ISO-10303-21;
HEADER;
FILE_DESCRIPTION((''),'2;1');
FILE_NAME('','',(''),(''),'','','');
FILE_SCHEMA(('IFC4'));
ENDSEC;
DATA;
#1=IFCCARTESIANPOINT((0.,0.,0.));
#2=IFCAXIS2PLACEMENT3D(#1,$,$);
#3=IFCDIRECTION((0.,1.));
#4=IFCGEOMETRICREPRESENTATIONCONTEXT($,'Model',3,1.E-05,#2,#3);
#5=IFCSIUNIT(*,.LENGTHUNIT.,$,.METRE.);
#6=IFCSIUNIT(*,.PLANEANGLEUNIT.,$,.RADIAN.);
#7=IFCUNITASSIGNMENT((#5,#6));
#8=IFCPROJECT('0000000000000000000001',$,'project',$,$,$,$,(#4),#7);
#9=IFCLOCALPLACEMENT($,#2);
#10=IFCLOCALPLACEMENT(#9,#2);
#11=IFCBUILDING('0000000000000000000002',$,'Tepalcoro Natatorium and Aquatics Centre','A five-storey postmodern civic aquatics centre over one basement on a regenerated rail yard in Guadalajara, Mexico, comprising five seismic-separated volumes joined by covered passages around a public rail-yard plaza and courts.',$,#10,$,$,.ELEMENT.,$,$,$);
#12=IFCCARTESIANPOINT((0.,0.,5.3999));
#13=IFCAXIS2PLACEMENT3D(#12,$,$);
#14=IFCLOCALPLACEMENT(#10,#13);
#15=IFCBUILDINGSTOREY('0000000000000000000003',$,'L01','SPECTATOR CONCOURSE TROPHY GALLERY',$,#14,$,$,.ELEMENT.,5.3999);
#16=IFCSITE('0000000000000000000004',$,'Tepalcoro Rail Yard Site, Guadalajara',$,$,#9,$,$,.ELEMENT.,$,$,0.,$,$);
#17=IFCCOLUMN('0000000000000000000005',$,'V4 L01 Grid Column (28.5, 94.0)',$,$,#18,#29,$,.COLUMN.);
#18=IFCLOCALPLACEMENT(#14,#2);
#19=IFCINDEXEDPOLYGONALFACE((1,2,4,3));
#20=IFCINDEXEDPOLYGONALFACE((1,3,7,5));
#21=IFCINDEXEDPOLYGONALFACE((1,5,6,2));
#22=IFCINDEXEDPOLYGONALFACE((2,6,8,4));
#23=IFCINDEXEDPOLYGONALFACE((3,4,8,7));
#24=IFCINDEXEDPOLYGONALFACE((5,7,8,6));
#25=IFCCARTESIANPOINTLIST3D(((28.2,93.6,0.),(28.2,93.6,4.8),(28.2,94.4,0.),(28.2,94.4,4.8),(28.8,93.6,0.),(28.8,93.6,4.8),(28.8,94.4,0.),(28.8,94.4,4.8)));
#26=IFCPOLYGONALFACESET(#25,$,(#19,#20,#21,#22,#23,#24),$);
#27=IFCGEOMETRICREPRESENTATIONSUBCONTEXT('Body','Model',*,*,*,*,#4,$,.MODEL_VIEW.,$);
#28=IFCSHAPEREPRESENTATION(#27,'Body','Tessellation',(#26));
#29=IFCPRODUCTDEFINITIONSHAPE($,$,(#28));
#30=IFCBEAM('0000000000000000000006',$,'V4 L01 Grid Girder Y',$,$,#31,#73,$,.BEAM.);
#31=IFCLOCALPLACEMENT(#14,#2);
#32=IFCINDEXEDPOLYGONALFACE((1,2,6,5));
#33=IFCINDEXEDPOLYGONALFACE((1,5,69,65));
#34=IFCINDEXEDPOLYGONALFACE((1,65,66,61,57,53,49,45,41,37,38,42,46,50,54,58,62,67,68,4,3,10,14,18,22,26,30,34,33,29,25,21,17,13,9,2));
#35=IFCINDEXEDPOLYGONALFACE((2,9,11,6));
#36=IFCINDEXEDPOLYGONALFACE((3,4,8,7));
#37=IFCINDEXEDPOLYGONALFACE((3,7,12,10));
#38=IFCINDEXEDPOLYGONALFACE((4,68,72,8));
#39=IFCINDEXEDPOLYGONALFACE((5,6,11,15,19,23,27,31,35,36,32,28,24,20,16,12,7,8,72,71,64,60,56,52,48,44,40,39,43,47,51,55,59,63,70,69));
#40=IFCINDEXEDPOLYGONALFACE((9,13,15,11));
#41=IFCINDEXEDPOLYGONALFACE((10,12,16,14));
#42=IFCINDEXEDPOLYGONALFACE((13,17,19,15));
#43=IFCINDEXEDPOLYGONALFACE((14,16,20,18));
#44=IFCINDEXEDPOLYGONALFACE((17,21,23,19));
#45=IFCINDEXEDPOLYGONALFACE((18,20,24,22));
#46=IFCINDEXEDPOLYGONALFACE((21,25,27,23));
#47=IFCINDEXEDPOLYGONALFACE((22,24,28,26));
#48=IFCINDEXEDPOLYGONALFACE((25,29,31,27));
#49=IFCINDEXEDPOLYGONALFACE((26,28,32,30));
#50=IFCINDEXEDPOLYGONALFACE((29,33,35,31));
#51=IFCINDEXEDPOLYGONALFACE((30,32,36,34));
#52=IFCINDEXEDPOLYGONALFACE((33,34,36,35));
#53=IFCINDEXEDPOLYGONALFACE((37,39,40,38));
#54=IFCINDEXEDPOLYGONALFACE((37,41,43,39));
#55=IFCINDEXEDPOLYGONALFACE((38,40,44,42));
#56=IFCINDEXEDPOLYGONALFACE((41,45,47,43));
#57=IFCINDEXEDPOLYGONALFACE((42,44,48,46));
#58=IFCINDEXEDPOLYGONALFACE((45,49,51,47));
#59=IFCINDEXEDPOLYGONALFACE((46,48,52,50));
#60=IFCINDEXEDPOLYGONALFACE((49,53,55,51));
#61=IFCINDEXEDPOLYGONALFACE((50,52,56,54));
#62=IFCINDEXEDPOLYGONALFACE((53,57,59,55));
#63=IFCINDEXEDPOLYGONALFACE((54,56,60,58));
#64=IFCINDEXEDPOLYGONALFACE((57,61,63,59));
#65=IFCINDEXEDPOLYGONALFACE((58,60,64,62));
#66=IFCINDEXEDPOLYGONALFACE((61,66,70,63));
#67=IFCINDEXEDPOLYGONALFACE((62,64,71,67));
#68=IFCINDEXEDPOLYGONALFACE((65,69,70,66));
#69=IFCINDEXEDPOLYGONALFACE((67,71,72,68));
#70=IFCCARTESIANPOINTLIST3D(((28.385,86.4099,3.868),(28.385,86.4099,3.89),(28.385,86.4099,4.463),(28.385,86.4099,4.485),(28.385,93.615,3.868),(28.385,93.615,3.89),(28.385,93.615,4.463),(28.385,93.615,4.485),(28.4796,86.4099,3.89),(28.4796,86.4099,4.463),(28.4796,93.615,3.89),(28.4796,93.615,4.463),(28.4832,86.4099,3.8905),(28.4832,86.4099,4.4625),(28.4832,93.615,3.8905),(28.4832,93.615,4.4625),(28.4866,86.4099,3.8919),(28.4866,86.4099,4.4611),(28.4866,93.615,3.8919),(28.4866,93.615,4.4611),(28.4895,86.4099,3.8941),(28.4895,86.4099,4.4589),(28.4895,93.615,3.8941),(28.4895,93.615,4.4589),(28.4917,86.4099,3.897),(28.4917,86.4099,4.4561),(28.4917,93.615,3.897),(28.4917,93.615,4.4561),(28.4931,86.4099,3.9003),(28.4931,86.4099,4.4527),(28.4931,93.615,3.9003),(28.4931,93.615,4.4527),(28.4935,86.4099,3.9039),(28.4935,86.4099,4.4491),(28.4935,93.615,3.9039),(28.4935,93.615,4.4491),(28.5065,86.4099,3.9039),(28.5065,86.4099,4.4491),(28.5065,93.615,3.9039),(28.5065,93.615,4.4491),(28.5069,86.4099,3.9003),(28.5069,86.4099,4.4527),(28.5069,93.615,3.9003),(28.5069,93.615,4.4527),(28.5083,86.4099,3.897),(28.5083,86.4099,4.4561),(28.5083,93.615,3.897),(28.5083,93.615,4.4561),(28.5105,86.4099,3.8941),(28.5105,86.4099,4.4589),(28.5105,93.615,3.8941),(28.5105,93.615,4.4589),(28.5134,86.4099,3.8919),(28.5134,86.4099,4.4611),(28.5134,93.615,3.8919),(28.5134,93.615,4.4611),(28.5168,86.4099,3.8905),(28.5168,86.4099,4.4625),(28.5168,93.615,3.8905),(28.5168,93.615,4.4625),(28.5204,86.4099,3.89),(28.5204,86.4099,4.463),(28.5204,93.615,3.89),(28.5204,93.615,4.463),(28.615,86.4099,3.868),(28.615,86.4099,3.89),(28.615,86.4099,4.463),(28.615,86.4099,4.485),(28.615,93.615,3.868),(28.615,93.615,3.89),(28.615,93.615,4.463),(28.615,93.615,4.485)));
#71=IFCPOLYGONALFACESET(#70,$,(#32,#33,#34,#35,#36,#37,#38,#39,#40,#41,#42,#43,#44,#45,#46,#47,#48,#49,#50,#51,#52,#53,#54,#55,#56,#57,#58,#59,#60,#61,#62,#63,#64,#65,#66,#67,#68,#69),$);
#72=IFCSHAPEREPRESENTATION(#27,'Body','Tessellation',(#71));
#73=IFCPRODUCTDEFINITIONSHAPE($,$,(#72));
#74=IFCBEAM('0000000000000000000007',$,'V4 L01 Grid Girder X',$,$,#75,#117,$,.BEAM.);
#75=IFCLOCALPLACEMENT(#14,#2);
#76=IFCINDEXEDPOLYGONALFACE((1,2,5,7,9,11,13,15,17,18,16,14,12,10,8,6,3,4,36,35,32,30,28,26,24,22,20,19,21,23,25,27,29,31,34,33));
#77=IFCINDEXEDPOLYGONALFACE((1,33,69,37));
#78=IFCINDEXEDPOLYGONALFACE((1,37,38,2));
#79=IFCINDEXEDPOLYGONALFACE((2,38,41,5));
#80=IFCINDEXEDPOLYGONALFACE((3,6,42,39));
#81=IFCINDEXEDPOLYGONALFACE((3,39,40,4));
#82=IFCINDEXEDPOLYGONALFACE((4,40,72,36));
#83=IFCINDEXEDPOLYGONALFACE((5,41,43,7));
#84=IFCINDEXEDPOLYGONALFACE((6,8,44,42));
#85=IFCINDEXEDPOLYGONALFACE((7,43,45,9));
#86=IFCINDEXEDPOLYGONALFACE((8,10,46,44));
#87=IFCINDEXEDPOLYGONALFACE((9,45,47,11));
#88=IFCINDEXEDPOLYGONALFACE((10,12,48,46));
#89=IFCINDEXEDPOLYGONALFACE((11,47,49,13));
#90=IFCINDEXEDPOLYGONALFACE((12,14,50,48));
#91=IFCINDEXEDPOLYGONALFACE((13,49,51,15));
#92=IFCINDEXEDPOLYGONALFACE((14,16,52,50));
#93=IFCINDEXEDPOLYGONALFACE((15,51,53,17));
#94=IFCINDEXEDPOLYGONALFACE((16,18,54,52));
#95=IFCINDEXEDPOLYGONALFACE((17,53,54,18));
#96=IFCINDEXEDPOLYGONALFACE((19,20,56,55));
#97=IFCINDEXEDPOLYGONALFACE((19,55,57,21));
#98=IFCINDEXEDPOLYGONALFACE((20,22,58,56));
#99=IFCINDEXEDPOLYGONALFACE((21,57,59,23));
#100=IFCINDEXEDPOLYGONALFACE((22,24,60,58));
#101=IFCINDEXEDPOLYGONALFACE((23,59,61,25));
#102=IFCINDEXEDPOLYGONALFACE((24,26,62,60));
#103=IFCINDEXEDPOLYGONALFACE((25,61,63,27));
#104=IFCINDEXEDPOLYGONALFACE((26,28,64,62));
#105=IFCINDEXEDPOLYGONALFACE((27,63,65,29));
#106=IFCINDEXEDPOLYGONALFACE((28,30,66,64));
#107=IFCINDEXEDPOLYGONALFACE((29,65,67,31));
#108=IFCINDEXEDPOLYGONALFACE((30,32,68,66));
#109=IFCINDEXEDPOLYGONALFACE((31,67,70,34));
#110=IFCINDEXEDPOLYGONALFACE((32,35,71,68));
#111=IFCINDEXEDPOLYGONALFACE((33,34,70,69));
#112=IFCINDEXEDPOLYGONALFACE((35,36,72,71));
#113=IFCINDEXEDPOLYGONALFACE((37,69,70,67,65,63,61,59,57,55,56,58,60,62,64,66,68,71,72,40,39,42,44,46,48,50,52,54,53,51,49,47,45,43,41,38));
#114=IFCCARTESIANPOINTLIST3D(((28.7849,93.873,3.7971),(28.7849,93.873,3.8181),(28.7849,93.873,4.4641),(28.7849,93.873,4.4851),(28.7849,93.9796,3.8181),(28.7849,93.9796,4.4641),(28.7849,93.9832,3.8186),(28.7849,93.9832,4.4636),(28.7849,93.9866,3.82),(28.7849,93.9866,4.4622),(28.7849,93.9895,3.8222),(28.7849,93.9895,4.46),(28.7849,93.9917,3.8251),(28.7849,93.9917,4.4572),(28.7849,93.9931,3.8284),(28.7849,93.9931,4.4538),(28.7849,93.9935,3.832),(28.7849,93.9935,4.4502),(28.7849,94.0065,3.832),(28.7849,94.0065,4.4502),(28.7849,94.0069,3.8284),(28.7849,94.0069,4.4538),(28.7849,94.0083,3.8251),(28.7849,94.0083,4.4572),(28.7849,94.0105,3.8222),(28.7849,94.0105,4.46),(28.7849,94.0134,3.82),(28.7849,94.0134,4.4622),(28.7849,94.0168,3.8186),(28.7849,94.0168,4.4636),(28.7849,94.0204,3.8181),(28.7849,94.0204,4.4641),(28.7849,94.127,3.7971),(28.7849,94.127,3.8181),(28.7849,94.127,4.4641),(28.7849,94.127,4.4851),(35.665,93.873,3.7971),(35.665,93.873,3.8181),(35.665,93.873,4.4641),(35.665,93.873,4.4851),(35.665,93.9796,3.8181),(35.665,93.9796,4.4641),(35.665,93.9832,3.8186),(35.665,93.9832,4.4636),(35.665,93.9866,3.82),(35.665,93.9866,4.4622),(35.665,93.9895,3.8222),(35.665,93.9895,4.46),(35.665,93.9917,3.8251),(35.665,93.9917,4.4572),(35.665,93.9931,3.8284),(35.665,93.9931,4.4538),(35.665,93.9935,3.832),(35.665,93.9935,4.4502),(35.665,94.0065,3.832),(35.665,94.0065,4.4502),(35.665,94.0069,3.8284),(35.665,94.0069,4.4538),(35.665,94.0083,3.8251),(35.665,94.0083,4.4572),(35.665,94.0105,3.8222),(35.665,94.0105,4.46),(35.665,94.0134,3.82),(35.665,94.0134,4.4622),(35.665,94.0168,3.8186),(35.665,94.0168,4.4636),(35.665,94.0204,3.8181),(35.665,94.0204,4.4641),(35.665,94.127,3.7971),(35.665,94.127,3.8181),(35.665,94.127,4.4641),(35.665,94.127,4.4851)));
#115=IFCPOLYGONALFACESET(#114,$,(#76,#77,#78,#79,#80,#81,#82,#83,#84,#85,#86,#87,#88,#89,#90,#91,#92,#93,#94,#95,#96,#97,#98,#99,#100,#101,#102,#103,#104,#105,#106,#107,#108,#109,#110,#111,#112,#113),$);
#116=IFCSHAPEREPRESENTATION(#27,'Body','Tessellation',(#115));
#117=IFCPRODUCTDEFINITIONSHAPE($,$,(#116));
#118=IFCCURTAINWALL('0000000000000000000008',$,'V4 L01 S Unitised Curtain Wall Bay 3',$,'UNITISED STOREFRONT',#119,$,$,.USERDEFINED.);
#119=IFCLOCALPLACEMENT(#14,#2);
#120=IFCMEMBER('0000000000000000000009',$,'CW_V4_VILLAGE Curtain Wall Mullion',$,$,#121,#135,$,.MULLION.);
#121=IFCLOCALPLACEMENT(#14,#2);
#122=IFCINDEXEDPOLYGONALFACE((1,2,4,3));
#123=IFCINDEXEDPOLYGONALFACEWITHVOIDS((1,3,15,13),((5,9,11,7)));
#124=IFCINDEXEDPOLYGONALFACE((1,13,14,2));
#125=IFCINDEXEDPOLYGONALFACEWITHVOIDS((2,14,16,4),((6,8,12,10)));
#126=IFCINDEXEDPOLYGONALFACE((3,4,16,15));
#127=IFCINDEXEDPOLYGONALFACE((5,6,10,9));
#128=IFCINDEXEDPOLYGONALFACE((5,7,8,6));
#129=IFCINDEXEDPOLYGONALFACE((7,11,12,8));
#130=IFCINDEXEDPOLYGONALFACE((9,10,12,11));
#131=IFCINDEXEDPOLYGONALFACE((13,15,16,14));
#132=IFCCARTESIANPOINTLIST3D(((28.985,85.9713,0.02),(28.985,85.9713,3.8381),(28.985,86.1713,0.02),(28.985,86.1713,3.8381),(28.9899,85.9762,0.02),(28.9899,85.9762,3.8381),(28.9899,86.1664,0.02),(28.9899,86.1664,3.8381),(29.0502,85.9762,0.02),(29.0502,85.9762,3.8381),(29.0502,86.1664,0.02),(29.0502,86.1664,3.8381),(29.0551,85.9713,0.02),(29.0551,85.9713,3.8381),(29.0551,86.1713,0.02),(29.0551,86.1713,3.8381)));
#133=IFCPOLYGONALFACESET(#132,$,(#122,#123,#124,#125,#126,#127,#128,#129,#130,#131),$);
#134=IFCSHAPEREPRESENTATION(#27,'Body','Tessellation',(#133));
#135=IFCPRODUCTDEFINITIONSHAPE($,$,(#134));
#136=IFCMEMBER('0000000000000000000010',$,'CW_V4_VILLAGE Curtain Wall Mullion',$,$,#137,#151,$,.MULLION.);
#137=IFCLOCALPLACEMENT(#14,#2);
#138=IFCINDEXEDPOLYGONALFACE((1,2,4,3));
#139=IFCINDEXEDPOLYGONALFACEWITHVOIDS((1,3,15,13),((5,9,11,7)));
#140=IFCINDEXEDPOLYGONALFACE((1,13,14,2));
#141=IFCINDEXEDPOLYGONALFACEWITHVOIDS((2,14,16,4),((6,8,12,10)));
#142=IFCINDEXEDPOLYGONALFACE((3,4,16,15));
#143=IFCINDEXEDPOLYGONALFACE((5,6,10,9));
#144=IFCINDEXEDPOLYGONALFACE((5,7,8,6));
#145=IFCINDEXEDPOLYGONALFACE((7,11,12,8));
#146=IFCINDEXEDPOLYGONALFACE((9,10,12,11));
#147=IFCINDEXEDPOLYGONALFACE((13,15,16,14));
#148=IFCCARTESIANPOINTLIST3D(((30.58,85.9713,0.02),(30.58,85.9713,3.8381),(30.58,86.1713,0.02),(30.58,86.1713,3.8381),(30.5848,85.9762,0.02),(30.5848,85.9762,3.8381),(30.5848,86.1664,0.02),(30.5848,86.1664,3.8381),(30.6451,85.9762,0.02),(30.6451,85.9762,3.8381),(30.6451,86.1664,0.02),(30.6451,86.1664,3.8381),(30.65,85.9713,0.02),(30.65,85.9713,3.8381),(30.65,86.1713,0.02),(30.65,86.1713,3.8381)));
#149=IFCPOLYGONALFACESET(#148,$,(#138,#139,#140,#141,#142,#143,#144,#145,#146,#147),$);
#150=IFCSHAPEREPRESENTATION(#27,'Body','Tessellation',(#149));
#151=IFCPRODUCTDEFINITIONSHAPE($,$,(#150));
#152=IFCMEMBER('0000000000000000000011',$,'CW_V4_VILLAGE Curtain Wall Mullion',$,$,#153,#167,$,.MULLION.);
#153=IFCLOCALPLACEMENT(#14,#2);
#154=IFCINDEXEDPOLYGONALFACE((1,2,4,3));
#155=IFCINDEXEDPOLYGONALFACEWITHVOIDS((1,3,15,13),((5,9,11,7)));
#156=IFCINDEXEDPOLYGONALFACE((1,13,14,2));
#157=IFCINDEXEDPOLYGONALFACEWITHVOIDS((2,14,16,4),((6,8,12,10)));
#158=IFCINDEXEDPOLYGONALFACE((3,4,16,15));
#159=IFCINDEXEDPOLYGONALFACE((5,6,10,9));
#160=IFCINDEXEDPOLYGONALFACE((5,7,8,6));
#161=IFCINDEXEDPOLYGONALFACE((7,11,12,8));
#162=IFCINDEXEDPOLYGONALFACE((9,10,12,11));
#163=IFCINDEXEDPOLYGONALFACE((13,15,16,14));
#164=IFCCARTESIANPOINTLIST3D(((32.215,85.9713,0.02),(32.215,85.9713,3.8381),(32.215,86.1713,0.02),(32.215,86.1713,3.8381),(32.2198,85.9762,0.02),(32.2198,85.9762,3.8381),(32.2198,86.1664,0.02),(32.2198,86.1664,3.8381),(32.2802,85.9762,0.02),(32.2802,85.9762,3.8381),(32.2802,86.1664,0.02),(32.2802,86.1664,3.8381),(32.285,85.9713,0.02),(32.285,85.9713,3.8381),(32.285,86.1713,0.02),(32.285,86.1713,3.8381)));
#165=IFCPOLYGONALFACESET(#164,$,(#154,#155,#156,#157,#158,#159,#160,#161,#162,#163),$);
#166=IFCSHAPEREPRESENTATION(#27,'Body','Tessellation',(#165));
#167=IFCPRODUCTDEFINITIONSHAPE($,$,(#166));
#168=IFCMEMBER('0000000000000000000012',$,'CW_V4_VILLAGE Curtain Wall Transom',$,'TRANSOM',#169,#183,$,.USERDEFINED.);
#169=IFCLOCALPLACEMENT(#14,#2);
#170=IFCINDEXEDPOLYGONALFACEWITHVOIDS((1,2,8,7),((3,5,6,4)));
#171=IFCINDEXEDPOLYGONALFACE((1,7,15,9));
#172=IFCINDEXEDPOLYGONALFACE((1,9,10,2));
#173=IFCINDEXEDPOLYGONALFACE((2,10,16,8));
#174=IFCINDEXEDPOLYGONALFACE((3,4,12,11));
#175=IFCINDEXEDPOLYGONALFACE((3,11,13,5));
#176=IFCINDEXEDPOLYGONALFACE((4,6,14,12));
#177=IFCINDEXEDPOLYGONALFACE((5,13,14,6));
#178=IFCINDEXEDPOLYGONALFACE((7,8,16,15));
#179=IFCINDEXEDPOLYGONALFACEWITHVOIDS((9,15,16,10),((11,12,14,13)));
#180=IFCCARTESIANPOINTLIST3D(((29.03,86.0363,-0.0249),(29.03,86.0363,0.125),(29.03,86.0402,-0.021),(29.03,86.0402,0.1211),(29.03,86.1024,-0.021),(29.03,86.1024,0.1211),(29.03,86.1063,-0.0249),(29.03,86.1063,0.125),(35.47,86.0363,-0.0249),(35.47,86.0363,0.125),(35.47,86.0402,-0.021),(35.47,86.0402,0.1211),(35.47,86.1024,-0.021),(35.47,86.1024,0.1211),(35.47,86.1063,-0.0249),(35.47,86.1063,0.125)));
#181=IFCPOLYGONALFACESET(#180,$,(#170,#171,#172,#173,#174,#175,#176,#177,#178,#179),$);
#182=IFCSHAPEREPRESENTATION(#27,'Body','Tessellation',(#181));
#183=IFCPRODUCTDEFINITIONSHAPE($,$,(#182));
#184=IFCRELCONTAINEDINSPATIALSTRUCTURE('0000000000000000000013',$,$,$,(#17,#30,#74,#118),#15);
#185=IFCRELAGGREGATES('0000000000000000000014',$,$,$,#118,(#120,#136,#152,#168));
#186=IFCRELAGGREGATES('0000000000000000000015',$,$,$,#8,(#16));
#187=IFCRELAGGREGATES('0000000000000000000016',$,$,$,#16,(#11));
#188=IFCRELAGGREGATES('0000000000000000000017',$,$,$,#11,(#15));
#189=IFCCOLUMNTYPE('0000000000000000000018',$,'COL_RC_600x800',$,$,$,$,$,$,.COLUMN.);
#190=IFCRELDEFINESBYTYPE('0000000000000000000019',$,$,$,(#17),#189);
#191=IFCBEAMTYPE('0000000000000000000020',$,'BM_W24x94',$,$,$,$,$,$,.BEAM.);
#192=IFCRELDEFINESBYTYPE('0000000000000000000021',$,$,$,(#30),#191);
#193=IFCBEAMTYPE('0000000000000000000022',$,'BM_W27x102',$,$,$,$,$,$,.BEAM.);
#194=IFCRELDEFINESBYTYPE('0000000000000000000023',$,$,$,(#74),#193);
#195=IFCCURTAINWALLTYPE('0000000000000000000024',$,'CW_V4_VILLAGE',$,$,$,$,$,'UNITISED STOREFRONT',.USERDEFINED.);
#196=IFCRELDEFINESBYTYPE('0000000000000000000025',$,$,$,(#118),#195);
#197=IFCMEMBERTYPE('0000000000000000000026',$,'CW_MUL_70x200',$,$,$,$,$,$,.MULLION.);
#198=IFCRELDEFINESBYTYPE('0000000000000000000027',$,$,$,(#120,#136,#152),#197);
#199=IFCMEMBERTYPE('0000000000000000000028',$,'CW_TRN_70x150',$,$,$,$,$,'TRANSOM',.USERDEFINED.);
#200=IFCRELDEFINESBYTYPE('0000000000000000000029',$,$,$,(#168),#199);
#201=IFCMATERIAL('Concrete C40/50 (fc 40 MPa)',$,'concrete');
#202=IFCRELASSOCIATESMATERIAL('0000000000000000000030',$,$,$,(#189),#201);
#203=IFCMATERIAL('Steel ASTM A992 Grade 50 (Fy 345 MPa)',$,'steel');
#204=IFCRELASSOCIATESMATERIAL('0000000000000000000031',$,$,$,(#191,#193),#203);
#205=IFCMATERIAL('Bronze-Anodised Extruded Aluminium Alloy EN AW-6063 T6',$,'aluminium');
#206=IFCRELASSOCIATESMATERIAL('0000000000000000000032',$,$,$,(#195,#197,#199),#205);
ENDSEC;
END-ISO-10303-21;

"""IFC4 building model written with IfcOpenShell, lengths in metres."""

from ifc_helpers import new_model, si_unit, direction, frame, origin, origin_2d, place, context, subcontext, project, spatial, rectangle, hollow_rectangle, i_section, extrude, material, material_profile, profile_set, type_object, element, aggregate, save


model = new_model("IFC4")

# Units and contexts
model_context = context("Model", 3, precision=1e-05, world=origin(), true_north=direction((0.0, 1.0)))
body_context = subcontext(model_context, "Body", "Model", "MODEL_VIEW")
ifc_project = project(units=[si_unit("LENGTHUNIT", "METRE"), si_unit("PLANEANGLEUNIT", "RADIAN")], contexts=[model_context])

# Site, building, storey
site_placement = place(None, origin())
site = spatial("IfcSite", under=ifc_project, at=site_placement, Name="Tepalcoro Rail Yard Site, Guadalajara", CompositionType="ELEMENT", RefElevation=0.0)
building_placement = place(site_placement, origin())
building = spatial("IfcBuilding", under=site, at=building_placement, Name="Tepalcoro Natatorium and Aquatics Centre", Description="A five-storey postmodern civic aquatics centre over one basement on a regenerated rail yard in Guadalajara, Mexico, comprising five seismic-separated volumes joined by covered passages around a public rail-yard plaza and courts.", CompositionType="ELEMENT")
storey_placement = place(building_placement, frame((0.0, 0.0, 5.3999)))
storey = spatial("IfcBuildingStorey", under=building, at=storey_placement, Name="L01", Description="SPECTATOR CONCOURSE TROPHY GALLERY", CompositionType="ELEMENT", Elevation=5.3999)

# Column
ifc_material_1 = material(Name="Concrete C40/50 (fc 40 MPa)", Category="concrete")
ifc_material_profile_1 = material_profile(ifc_material_1, rectangle(XDim=0.6001, YDim=0.8, at=origin_2d()), Name="RC600x800")
ifc_profile_set_1 = profile_set([ifc_material_profile_1], Name="Concrete C40/50 (fc 40 MPa)")
column_type = type_object("IfcColumnType", Name="COL_RC_600x800", PredefinedType="COLUMN", material=ifc_profile_set_1)
column_placement = place(storey_placement, frame((28.5, 94.0, 0.0), z_axis=(0.0, 0.0, 1.0), x_axis=(1.0, 0.0, 0.0)))
element("IfcColumn", 1, at=column_placement, inside=storey, type_object=column_type, Name="V4 L01 Grid Column (28.5, 94.0)", PredefinedType="COLUMN", context=body_context, shape_type="SweptSolid", body=[
    extrude(rectangle(XDim=0.6001, YDim=0.8, at=origin_2d()), origin(), (0.0, 0.0, 1.0), 4.8),
])

# Beams
ifc_material_2 = material(Name="Steel ASTM A992 Grade 50 (Fy 345 MPa)", Category="steel")
ifc_material_profile_2 = material_profile(ifc_material_2, i_section(OverallWidth=0.23, OverallDepth=0.6169, WebThickness=0.0129, FlangeThickness=0.022, FilletRadius=0.0139, at=origin_2d()), Name="W24X94")
ifc_profile_set_2 = profile_set([ifc_material_profile_2], Name="Steel ASTM A992 Grade 50 (Fy 345 MPa)")
beam_type_1 = type_object("IfcBeamType", Name="BM_W24x94", PredefinedType="BEAM", material=ifc_profile_set_2)
beam_1_placement = place(storey_placement, frame((28.5, 86.4099, 4.1765), z_axis=(0.0, 1.0, 0.0), x_axis=(-1.0, 0.0, 0.0)))
element("IfcBeam", 2, at=beam_1_placement, inside=storey, type_object=beam_type_1, Name="V4 L01 Grid Girder Y", PredefinedType="BEAM", context=body_context, shape_type="SweptSolid", body=[
    extrude(i_section(OverallWidth=0.23, OverallDepth=0.6169, WebThickness=0.0129, FlangeThickness=0.022, FilletRadius=0.0139, at=origin_2d()), origin(), (0.0, 0.0, 1.0), 7.2051),
])
ifc_material_profile_3 = material_profile(ifc_material_2, i_section(OverallWidth=0.2539, OverallDepth=0.688, WebThickness=0.0129, FlangeThickness=0.021, FilletRadius=0.0139, at=origin_2d()), Name="W27X102")
ifc_profile_set_3 = profile_set([ifc_material_profile_3], Name="Steel ASTM A992 Grade 50 (Fy 345 MPa)")
beam_type_2 = type_object("IfcBeamType", Name="BM_W27x102", PredefinedType="BEAM", material=ifc_profile_set_3)
beam_2_placement = place(storey_placement, frame((28.7849, 94.0, 4.1411), z_axis=(1.0, 0.0, 0.0), x_axis=(0.0, 1.0, 0.0)))
element("IfcBeam", 3, at=beam_2_placement, inside=storey, type_object=beam_type_2, Name="V4 L01 Grid Girder X", PredefinedType="BEAM", context=body_context, shape_type="SweptSolid", body=[
    extrude(i_section(OverallWidth=0.2539, OverallDepth=0.688, WebThickness=0.0129, FlangeThickness=0.021, FilletRadius=0.0139, at=origin_2d()), origin(), (0.0, 0.0, 1.0), 6.8801),
])

# Curtain wall, members
ifc_material_3 = material(Name="Bronze-Anodised Extruded Aluminium Alloy EN AW-6063 T6", Category="aluminium")
curtain_wall_type = type_object("IfcCurtainWallType", Name="CW_V4_VILLAGE", ElementType="UNITISED STOREFRONT", PredefinedType="USERDEFINED", material=ifc_material_3)
curtain_wall_placement = place(storey_placement, origin())
curtain_wall = element("IfcCurtainWall", 4, at=curtain_wall_placement, inside=storey, type_object=curtain_wall_type, Name="V4 L01 S Unitised Curtain Wall Bay 3", ObjectType="UNITISED STOREFRONT", PredefinedType="USERDEFINED")
ifc_material_profile_4 = material_profile(ifc_material_3, hollow_rectangle(XDim=0.0701, YDim=0.2, WallThickness=0.0049, at=origin_2d()), Name="AL70X200X5")
ifc_profile_set_4 = profile_set([ifc_material_profile_4], Name="Bronze-Anodised Extruded Aluminium Alloy EN AW-6063 T6")
member_type_1 = type_object("IfcMemberType", Name="CW_MUL_70x200", PredefinedType="MULLION", material=ifc_profile_set_4)
member_1_placement = place(storey_placement, frame((29.02, 86.0713, 0.02), z_axis=(0.0, 0.0, 1.0), x_axis=(1.0, 0.0, 0.0)))
member_1 = element("IfcMember", 5, at=member_1_placement, type_object=member_type_1, Name="CW_V4_VILLAGE Curtain Wall Mullion", PredefinedType="MULLION", context=body_context, shape_type="SweptSolid", body=[
    extrude(hollow_rectangle(XDim=0.0701, YDim=0.2, WallThickness=0.0049, at=origin_2d()), origin(), (0.0, 0.0, 1.0), 3.8181),
])
member_2_placement = place(storey_placement, frame((30.615, 86.0713, 0.02), z_axis=(0.0, 0.0, 1.0), x_axis=(1.0, 0.0, 0.0)))
member_2 = element("IfcMember", 6, at=member_2_placement, type_object=member_type_1, Name="CW_V4_VILLAGE Curtain Wall Mullion", PredefinedType="MULLION", context=body_context, shape_type="SweptSolid", body=[
    extrude(hollow_rectangle(XDim=0.0701, YDim=0.2, WallThickness=0.0049, at=origin_2d()), origin(), (0.0, 0.0, 1.0), 3.8181),
])
member_3_placement = place(storey_placement, frame((32.25, 86.0713, 0.02), z_axis=(0.0, 0.0, 1.0), x_axis=(1.0, 0.0, 0.0)))
member_3 = element("IfcMember", 7, at=member_3_placement, type_object=member_type_1, Name="CW_V4_VILLAGE Curtain Wall Mullion", PredefinedType="MULLION", context=body_context, shape_type="SweptSolid", body=[
    extrude(hollow_rectangle(XDim=0.0701, YDim=0.2, WallThickness=0.0049, at=origin_2d()), origin(), (0.0, 0.0, 1.0), 3.8181),
])
ifc_material_profile_5 = material_profile(ifc_material_3, hollow_rectangle(XDim=0.0701, YDim=0.1499, WallThickness=0.0039, at=origin_2d()), Name="AL70X150X4")
ifc_profile_set_5 = profile_set([ifc_material_profile_5], Name="Bronze-Anodised Extruded Aluminium Alloy EN AW-6063 T6")
member_type_2 = type_object("IfcMemberType", Name="CW_TRN_70x150", ElementType="TRANSOM", PredefinedType="USERDEFINED", material=ifc_profile_set_5)
member_4_placement = place(storey_placement, frame((29.03, 86.0713, 0.05), z_axis=(1.0, 0.0, 0.0), x_axis=(0.0, 1.0, 0.0)))
member_4 = element("IfcMember", 8, at=member_4_placement, type_object=member_type_2, Name="CW_V4_VILLAGE Curtain Wall Transom", ObjectType="TRANSOM", PredefinedType="USERDEFINED", context=body_context, shape_type="SweptSolid", body=[
    extrude(hollow_rectangle(XDim=0.0701, YDim=0.1499, WallThickness=0.0039, at=origin_2d()), origin(), (0.0, 0.0, 1.0), 6.4399),
])

aggregate(curtain_wall, [member_1, member_2, member_3, member_4])

save(model, "model.ifc")
